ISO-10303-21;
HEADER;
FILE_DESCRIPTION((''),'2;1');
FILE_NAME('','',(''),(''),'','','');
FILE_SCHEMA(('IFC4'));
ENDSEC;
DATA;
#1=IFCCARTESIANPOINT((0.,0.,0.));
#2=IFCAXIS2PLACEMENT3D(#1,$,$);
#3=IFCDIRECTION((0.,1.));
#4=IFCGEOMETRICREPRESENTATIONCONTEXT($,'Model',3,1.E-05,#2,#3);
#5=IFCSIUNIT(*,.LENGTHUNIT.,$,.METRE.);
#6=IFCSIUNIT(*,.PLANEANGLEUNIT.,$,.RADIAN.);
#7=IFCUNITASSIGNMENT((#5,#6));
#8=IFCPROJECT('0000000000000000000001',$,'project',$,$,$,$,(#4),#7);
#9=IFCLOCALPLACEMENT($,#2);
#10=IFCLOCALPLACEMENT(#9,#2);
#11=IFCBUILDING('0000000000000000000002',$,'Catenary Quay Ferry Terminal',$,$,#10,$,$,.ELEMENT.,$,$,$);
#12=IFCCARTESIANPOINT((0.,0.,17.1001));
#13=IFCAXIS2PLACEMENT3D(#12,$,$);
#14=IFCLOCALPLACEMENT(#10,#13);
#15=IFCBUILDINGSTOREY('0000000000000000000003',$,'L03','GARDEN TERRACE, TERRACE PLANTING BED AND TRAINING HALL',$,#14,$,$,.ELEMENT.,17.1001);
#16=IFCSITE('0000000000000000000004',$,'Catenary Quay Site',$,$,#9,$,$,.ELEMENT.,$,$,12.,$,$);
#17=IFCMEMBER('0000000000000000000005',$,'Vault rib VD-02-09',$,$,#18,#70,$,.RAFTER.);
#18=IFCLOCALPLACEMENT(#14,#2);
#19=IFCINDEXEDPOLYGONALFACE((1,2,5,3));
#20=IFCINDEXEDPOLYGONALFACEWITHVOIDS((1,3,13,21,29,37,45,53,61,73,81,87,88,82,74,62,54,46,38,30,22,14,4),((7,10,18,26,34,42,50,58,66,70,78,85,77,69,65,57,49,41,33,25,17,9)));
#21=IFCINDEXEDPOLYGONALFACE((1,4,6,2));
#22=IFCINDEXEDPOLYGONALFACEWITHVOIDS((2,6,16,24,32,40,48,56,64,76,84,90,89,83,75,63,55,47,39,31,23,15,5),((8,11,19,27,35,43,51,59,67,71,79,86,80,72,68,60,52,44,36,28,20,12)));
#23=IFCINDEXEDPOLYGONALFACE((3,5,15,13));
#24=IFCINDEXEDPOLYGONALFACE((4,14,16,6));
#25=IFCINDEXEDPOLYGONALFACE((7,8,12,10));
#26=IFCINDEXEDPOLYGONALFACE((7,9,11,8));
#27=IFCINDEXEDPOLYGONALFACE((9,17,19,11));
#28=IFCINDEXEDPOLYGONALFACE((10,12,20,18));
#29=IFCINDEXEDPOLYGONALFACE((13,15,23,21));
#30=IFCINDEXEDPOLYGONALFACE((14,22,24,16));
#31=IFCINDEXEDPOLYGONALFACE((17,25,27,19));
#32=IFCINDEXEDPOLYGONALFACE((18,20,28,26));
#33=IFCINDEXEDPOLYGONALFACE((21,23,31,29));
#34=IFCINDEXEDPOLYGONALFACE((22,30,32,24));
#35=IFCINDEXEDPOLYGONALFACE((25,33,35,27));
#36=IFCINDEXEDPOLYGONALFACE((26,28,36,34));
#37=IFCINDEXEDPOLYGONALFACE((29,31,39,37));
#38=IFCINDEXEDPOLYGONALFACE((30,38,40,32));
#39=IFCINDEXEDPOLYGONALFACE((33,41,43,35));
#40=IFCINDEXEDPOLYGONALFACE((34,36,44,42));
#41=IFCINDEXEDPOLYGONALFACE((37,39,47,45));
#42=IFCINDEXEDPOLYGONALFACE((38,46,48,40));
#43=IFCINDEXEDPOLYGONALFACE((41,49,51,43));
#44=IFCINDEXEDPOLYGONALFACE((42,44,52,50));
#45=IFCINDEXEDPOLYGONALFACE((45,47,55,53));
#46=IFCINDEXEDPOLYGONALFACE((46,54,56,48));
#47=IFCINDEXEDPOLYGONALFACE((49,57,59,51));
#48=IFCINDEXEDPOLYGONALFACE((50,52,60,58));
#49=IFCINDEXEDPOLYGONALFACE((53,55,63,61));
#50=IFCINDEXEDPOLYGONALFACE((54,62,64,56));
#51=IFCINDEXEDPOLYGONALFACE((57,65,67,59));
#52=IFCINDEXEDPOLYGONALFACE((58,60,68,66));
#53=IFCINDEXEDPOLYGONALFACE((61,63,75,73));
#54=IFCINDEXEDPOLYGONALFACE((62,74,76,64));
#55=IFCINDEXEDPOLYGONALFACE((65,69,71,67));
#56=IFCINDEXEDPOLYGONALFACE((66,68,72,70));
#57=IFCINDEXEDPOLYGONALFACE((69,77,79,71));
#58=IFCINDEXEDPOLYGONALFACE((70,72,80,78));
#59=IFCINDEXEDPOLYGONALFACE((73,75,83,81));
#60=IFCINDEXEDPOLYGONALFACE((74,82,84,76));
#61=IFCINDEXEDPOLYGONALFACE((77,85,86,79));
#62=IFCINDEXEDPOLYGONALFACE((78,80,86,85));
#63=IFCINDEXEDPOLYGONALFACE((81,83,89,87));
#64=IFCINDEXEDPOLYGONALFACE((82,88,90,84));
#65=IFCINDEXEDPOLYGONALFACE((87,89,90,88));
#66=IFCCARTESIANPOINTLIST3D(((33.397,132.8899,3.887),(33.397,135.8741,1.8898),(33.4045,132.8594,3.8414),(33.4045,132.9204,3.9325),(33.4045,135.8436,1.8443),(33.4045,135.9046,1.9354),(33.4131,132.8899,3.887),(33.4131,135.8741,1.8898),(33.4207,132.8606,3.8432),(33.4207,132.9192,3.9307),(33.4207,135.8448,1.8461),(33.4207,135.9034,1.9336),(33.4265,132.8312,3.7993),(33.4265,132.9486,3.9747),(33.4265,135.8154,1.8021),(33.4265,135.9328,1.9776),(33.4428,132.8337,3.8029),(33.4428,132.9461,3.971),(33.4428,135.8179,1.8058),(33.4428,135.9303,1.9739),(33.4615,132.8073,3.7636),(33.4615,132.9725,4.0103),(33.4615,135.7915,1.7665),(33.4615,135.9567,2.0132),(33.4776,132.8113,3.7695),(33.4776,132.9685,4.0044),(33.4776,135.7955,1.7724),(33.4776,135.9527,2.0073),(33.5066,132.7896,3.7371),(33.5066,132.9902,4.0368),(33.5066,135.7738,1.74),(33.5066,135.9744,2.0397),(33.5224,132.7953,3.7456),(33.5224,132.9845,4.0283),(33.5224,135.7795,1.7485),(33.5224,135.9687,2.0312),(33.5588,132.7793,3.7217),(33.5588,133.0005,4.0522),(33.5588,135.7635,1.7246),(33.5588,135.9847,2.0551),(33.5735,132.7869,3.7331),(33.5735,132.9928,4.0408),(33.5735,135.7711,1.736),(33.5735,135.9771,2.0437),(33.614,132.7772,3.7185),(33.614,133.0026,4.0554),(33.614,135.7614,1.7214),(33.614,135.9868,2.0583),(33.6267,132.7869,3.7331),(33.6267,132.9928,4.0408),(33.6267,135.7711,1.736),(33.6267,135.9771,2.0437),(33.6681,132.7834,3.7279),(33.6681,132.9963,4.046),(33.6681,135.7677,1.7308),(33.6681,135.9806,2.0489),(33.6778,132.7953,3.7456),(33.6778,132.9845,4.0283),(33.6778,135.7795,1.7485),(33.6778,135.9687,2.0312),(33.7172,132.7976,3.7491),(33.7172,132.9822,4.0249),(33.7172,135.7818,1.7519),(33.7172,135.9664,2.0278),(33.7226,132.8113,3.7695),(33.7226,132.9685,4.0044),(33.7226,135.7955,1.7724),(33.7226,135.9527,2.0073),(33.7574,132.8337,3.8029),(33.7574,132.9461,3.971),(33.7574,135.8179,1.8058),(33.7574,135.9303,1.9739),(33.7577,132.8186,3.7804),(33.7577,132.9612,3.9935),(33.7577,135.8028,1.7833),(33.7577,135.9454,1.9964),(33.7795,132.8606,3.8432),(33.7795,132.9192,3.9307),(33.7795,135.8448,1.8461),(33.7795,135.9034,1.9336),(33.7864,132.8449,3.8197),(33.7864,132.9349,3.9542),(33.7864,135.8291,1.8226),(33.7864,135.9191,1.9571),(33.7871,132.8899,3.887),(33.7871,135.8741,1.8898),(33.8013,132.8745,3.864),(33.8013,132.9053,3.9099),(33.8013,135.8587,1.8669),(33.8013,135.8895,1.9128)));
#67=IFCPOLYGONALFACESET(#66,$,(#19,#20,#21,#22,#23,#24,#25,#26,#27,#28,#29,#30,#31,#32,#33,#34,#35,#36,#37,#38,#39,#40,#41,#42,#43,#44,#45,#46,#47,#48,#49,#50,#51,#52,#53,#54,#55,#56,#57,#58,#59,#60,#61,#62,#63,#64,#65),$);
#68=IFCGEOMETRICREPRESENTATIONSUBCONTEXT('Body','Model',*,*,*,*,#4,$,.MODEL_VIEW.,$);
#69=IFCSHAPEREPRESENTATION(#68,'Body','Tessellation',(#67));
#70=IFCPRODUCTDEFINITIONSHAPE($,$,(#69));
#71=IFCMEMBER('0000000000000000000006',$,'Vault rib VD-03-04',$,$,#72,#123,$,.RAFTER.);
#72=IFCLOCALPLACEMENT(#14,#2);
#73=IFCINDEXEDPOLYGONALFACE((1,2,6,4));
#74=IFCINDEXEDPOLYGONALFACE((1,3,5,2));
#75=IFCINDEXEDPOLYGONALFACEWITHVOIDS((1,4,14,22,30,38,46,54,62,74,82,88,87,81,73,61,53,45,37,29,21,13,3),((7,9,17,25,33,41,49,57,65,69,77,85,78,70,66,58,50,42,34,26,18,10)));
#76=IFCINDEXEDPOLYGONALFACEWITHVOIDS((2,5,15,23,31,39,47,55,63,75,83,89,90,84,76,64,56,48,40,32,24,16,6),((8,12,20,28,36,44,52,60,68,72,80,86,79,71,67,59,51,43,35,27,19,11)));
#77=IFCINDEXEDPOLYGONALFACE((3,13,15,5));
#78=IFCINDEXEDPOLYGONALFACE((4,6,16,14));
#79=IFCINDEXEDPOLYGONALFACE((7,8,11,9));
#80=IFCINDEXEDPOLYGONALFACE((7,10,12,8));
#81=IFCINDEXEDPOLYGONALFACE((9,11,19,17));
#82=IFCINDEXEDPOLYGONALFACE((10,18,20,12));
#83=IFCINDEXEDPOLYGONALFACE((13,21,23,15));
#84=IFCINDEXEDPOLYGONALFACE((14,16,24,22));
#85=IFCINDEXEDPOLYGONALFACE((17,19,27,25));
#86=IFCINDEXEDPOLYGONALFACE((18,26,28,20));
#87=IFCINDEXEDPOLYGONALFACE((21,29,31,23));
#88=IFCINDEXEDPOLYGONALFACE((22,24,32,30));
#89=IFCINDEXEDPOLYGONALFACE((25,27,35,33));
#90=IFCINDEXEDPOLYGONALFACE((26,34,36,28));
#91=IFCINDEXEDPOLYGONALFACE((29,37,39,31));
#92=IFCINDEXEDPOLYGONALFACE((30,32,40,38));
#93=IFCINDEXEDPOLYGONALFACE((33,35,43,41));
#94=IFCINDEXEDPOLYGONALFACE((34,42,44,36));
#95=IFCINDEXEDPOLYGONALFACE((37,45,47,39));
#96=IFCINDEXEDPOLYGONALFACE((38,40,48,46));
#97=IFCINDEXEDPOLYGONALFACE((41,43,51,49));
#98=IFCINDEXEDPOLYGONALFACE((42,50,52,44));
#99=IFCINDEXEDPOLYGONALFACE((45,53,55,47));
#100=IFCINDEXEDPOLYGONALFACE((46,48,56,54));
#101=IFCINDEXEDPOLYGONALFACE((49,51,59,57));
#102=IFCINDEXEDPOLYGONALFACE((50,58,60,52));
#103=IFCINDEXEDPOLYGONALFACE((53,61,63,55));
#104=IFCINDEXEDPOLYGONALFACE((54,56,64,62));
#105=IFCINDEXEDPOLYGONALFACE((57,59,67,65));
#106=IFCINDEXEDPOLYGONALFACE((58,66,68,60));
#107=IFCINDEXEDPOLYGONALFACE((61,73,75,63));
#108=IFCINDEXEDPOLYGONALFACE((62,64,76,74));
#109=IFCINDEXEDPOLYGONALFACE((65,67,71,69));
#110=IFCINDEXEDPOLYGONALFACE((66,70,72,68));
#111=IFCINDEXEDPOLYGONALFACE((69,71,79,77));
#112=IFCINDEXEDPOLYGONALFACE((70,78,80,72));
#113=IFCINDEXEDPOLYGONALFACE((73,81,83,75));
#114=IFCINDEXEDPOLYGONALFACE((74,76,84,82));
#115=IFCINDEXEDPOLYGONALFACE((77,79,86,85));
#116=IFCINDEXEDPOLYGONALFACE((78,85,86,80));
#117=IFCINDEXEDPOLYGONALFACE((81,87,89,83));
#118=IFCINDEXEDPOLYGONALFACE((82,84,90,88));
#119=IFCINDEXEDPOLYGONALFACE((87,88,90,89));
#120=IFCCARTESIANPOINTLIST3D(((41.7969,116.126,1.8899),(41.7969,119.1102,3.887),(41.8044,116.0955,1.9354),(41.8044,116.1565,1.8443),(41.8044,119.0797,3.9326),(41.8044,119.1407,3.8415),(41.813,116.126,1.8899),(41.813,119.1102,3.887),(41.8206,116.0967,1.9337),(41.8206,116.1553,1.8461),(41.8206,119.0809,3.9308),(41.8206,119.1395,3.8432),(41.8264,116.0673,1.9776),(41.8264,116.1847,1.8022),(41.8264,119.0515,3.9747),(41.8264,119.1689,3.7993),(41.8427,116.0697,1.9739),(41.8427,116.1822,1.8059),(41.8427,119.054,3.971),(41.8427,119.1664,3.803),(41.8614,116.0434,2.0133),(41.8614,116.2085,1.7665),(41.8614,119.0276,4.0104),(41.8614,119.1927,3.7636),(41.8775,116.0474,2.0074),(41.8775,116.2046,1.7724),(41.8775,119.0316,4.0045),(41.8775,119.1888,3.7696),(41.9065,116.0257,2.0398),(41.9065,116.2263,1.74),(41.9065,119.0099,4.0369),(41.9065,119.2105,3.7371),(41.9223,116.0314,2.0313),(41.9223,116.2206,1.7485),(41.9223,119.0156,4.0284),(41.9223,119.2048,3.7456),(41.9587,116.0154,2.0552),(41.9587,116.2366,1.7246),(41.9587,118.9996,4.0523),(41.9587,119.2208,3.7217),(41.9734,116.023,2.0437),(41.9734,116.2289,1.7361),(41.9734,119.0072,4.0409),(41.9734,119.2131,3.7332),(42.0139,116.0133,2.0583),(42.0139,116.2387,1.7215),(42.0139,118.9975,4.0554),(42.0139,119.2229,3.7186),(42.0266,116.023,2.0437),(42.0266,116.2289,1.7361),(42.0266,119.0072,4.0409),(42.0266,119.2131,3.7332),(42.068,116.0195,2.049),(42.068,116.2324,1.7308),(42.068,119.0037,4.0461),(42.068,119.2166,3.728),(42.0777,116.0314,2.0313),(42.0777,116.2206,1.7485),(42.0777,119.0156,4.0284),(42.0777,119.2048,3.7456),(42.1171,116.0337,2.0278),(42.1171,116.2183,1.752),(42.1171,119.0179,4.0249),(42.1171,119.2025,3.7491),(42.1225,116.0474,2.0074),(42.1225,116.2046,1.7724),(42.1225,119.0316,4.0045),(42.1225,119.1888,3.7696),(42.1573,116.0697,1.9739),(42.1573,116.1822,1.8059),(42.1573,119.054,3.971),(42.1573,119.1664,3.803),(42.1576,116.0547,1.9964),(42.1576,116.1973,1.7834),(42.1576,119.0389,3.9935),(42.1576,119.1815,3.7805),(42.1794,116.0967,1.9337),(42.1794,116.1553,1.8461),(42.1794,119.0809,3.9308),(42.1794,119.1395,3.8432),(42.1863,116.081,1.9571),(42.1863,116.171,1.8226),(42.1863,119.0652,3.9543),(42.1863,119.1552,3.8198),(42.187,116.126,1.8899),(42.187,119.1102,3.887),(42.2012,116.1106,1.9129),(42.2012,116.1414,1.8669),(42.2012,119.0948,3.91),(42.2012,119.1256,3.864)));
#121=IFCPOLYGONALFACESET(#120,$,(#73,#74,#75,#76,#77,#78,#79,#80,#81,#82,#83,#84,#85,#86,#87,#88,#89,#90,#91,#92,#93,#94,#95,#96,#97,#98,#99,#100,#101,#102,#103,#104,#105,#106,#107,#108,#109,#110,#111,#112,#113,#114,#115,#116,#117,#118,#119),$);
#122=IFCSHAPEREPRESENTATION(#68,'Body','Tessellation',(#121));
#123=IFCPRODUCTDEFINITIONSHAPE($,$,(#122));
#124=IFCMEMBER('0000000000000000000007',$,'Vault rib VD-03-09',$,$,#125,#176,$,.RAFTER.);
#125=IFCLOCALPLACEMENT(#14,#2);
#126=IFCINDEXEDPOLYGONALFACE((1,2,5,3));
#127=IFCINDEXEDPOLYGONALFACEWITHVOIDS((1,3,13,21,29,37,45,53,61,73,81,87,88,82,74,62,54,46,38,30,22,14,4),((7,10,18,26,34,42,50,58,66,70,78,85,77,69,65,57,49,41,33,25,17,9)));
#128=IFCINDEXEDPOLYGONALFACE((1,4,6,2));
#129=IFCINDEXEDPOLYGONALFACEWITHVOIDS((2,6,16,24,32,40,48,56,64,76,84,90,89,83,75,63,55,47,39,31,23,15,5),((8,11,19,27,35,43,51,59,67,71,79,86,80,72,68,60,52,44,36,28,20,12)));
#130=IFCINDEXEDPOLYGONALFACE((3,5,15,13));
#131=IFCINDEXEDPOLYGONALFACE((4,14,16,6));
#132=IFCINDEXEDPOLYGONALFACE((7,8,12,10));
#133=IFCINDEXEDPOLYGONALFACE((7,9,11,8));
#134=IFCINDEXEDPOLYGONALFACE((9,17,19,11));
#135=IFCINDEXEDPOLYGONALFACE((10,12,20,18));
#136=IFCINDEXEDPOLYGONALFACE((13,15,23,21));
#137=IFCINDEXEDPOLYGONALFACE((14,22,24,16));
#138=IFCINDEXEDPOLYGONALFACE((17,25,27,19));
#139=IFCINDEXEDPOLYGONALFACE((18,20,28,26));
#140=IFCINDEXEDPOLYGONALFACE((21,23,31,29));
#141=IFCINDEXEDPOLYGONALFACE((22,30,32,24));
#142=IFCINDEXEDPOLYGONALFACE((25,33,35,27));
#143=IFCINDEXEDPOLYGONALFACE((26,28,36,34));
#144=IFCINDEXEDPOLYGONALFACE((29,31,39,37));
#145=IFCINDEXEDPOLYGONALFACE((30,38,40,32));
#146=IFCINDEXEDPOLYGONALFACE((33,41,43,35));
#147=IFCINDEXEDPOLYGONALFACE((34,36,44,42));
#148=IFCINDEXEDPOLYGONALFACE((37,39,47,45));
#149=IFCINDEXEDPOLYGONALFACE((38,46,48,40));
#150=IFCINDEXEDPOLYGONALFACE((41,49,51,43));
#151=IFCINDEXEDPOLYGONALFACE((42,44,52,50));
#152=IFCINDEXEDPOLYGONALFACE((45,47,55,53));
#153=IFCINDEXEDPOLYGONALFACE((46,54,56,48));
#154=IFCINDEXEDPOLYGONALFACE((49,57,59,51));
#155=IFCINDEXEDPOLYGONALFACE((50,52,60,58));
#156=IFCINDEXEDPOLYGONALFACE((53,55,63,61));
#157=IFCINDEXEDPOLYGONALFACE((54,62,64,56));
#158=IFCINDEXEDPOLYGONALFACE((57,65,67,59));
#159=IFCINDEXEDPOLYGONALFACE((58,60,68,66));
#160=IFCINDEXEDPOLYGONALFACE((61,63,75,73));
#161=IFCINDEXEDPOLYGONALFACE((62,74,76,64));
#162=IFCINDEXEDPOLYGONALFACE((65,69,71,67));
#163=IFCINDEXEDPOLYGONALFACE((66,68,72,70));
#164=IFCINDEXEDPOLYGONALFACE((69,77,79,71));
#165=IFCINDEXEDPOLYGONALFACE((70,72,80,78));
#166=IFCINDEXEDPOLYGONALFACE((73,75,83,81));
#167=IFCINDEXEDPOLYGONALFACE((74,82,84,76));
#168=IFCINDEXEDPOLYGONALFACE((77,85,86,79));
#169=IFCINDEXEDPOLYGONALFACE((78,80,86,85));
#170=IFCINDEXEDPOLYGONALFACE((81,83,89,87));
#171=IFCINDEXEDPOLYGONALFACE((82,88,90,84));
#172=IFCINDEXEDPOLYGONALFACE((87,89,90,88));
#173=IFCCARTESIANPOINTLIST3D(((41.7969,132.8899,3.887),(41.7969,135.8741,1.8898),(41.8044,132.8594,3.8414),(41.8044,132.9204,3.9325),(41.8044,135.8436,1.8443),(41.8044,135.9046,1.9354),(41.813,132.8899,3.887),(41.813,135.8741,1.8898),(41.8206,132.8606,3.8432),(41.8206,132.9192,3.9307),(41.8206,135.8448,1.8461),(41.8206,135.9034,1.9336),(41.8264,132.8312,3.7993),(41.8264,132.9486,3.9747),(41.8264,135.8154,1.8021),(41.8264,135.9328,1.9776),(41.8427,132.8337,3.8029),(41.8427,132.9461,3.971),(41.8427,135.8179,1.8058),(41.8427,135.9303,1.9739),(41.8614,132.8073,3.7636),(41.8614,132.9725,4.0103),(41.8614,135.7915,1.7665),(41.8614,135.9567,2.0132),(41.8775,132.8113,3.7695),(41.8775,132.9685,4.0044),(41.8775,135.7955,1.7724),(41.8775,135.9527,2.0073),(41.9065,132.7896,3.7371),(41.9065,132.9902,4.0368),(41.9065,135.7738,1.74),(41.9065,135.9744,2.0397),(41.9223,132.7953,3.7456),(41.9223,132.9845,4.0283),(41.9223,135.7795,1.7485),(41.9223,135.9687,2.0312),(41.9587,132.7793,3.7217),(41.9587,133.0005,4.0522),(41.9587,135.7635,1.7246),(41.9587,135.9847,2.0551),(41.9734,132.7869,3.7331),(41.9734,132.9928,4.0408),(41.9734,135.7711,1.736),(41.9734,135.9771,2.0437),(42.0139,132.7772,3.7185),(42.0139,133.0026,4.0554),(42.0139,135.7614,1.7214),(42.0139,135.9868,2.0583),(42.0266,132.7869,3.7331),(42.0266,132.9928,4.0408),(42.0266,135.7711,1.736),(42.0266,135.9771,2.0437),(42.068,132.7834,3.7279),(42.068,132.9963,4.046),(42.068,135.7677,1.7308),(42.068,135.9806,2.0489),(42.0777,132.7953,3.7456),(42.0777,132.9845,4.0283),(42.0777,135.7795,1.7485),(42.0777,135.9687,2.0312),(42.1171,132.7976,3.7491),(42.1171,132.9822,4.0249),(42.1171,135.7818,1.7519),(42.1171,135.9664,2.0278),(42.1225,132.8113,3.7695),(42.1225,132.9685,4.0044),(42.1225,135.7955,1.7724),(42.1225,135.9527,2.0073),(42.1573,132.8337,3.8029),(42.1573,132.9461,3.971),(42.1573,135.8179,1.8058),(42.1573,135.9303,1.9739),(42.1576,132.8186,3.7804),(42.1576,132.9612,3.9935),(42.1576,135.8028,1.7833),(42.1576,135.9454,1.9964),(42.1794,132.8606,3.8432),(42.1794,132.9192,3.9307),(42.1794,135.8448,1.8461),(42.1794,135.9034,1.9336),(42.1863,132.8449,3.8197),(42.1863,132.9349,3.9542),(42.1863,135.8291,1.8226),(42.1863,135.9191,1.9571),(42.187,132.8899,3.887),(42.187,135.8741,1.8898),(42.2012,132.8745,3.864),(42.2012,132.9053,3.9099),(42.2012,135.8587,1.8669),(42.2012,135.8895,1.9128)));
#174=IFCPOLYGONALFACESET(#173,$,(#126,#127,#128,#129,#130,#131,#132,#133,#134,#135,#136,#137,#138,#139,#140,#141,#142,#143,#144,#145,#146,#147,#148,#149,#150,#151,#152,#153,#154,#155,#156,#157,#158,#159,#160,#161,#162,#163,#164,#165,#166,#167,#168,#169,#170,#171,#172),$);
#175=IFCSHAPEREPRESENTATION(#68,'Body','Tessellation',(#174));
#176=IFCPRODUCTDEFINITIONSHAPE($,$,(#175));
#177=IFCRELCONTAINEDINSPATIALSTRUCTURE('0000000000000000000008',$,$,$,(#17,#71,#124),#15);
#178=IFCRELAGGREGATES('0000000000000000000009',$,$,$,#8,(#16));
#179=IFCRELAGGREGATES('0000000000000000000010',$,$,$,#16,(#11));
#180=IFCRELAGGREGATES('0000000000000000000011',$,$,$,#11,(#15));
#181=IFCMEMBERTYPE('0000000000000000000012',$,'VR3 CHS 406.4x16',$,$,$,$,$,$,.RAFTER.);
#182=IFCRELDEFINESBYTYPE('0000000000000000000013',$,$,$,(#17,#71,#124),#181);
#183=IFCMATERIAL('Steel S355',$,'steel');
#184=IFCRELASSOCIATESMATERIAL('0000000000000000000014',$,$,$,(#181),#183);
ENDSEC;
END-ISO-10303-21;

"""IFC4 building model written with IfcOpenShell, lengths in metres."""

from ifc_helpers import new_model, si_unit, direction, frame, origin, origin_2d, place, context, subcontext, project, spatial, hollow_circle, extrude, material, material_profile, profile_set, type_object, element, save


model = new_model("IFC4")

# Units and contexts
model_context = context("Model", 3, precision=1e-05, world=origin(), true_north=direction((0.0, 1.0)))
body_context = subcontext(model_context, "Body", "Model", "MODEL_VIEW")
ifc_project = project(units=[si_unit("LENGTHUNIT", "METRE"), si_unit("PLANEANGLEUNIT", "RADIAN")], contexts=[model_context])

# Site, building, storey
site_placement = place(None, origin())
site = spatial("IfcSite", under=ifc_project, at=site_placement, Name="Catenary Quay Site", CompositionType="ELEMENT", RefElevation=12.0)
building_placement = place(site_placement, origin())
building = spatial("IfcBuilding", under=site, at=building_placement, Name="Catenary Quay Ferry Terminal", CompositionType="ELEMENT")
storey_placement = place(building_placement, frame((0.0, 0.0, 17.1001)))
storey = spatial("IfcBuildingStorey", under=building, at=storey_placement, Name="L03", Description="GARDEN TERRACE, TERRACE PLANTING BED AND TRAINING HALL", CompositionType="ELEMENT", Elevation=17.1001)

# Members
ifc_material_1 = material(Name="Steel S355", Category="steel")
ifc_material_profile_1 = material_profile(ifc_material_1, hollow_circle(Radius=0.2031, WallThickness=0.0161, at=origin_2d()), Name="CHS 406.4x16")
ifc_profile_set_1 = profile_set([ifc_material_profile_1], Name="Steel S355")
member_type_1 = type_object("IfcMemberType", Name="VR3 CHS 406.4x16", PredefinedType="RAFTER", material=ifc_profile_set_1)
for number, where, z_axis, x_axis, name in (
    (1, (33.6001, 132.8899, 3.887), (0.0, 0.831066, -0.556174), (-1.0, 0.0, 0.0), "Vault rib VD-02-09"),
    (2, (42.0, 116.126, 1.8899), (0.0, 0.831066, 0.556174), (-1.0, 0.0, 0.0), "Vault rib VD-03-04"),
    (3, (42.0, 132.8899, 3.887), (0.0, 0.831066, -0.556174), (-1.0, 0.0, 0.0), "Vault rib VD-03-09"),
):
    element("IfcMember", number, at=place(storey_placement, frame(where, z_axis=z_axis, x_axis=x_axis)), inside=storey, type_object=member_type_1, Name=name, PredefinedType="RAFTER", context=body_context, shape_type="SweptSolid", body=[
        extrude(hollow_circle(Radius=0.2031, WallThickness=0.0161, at=origin_2d()), origin(), (0.0, 0.0, 1.0), 3.5908),
    ])

save(model, "model.ifc")
